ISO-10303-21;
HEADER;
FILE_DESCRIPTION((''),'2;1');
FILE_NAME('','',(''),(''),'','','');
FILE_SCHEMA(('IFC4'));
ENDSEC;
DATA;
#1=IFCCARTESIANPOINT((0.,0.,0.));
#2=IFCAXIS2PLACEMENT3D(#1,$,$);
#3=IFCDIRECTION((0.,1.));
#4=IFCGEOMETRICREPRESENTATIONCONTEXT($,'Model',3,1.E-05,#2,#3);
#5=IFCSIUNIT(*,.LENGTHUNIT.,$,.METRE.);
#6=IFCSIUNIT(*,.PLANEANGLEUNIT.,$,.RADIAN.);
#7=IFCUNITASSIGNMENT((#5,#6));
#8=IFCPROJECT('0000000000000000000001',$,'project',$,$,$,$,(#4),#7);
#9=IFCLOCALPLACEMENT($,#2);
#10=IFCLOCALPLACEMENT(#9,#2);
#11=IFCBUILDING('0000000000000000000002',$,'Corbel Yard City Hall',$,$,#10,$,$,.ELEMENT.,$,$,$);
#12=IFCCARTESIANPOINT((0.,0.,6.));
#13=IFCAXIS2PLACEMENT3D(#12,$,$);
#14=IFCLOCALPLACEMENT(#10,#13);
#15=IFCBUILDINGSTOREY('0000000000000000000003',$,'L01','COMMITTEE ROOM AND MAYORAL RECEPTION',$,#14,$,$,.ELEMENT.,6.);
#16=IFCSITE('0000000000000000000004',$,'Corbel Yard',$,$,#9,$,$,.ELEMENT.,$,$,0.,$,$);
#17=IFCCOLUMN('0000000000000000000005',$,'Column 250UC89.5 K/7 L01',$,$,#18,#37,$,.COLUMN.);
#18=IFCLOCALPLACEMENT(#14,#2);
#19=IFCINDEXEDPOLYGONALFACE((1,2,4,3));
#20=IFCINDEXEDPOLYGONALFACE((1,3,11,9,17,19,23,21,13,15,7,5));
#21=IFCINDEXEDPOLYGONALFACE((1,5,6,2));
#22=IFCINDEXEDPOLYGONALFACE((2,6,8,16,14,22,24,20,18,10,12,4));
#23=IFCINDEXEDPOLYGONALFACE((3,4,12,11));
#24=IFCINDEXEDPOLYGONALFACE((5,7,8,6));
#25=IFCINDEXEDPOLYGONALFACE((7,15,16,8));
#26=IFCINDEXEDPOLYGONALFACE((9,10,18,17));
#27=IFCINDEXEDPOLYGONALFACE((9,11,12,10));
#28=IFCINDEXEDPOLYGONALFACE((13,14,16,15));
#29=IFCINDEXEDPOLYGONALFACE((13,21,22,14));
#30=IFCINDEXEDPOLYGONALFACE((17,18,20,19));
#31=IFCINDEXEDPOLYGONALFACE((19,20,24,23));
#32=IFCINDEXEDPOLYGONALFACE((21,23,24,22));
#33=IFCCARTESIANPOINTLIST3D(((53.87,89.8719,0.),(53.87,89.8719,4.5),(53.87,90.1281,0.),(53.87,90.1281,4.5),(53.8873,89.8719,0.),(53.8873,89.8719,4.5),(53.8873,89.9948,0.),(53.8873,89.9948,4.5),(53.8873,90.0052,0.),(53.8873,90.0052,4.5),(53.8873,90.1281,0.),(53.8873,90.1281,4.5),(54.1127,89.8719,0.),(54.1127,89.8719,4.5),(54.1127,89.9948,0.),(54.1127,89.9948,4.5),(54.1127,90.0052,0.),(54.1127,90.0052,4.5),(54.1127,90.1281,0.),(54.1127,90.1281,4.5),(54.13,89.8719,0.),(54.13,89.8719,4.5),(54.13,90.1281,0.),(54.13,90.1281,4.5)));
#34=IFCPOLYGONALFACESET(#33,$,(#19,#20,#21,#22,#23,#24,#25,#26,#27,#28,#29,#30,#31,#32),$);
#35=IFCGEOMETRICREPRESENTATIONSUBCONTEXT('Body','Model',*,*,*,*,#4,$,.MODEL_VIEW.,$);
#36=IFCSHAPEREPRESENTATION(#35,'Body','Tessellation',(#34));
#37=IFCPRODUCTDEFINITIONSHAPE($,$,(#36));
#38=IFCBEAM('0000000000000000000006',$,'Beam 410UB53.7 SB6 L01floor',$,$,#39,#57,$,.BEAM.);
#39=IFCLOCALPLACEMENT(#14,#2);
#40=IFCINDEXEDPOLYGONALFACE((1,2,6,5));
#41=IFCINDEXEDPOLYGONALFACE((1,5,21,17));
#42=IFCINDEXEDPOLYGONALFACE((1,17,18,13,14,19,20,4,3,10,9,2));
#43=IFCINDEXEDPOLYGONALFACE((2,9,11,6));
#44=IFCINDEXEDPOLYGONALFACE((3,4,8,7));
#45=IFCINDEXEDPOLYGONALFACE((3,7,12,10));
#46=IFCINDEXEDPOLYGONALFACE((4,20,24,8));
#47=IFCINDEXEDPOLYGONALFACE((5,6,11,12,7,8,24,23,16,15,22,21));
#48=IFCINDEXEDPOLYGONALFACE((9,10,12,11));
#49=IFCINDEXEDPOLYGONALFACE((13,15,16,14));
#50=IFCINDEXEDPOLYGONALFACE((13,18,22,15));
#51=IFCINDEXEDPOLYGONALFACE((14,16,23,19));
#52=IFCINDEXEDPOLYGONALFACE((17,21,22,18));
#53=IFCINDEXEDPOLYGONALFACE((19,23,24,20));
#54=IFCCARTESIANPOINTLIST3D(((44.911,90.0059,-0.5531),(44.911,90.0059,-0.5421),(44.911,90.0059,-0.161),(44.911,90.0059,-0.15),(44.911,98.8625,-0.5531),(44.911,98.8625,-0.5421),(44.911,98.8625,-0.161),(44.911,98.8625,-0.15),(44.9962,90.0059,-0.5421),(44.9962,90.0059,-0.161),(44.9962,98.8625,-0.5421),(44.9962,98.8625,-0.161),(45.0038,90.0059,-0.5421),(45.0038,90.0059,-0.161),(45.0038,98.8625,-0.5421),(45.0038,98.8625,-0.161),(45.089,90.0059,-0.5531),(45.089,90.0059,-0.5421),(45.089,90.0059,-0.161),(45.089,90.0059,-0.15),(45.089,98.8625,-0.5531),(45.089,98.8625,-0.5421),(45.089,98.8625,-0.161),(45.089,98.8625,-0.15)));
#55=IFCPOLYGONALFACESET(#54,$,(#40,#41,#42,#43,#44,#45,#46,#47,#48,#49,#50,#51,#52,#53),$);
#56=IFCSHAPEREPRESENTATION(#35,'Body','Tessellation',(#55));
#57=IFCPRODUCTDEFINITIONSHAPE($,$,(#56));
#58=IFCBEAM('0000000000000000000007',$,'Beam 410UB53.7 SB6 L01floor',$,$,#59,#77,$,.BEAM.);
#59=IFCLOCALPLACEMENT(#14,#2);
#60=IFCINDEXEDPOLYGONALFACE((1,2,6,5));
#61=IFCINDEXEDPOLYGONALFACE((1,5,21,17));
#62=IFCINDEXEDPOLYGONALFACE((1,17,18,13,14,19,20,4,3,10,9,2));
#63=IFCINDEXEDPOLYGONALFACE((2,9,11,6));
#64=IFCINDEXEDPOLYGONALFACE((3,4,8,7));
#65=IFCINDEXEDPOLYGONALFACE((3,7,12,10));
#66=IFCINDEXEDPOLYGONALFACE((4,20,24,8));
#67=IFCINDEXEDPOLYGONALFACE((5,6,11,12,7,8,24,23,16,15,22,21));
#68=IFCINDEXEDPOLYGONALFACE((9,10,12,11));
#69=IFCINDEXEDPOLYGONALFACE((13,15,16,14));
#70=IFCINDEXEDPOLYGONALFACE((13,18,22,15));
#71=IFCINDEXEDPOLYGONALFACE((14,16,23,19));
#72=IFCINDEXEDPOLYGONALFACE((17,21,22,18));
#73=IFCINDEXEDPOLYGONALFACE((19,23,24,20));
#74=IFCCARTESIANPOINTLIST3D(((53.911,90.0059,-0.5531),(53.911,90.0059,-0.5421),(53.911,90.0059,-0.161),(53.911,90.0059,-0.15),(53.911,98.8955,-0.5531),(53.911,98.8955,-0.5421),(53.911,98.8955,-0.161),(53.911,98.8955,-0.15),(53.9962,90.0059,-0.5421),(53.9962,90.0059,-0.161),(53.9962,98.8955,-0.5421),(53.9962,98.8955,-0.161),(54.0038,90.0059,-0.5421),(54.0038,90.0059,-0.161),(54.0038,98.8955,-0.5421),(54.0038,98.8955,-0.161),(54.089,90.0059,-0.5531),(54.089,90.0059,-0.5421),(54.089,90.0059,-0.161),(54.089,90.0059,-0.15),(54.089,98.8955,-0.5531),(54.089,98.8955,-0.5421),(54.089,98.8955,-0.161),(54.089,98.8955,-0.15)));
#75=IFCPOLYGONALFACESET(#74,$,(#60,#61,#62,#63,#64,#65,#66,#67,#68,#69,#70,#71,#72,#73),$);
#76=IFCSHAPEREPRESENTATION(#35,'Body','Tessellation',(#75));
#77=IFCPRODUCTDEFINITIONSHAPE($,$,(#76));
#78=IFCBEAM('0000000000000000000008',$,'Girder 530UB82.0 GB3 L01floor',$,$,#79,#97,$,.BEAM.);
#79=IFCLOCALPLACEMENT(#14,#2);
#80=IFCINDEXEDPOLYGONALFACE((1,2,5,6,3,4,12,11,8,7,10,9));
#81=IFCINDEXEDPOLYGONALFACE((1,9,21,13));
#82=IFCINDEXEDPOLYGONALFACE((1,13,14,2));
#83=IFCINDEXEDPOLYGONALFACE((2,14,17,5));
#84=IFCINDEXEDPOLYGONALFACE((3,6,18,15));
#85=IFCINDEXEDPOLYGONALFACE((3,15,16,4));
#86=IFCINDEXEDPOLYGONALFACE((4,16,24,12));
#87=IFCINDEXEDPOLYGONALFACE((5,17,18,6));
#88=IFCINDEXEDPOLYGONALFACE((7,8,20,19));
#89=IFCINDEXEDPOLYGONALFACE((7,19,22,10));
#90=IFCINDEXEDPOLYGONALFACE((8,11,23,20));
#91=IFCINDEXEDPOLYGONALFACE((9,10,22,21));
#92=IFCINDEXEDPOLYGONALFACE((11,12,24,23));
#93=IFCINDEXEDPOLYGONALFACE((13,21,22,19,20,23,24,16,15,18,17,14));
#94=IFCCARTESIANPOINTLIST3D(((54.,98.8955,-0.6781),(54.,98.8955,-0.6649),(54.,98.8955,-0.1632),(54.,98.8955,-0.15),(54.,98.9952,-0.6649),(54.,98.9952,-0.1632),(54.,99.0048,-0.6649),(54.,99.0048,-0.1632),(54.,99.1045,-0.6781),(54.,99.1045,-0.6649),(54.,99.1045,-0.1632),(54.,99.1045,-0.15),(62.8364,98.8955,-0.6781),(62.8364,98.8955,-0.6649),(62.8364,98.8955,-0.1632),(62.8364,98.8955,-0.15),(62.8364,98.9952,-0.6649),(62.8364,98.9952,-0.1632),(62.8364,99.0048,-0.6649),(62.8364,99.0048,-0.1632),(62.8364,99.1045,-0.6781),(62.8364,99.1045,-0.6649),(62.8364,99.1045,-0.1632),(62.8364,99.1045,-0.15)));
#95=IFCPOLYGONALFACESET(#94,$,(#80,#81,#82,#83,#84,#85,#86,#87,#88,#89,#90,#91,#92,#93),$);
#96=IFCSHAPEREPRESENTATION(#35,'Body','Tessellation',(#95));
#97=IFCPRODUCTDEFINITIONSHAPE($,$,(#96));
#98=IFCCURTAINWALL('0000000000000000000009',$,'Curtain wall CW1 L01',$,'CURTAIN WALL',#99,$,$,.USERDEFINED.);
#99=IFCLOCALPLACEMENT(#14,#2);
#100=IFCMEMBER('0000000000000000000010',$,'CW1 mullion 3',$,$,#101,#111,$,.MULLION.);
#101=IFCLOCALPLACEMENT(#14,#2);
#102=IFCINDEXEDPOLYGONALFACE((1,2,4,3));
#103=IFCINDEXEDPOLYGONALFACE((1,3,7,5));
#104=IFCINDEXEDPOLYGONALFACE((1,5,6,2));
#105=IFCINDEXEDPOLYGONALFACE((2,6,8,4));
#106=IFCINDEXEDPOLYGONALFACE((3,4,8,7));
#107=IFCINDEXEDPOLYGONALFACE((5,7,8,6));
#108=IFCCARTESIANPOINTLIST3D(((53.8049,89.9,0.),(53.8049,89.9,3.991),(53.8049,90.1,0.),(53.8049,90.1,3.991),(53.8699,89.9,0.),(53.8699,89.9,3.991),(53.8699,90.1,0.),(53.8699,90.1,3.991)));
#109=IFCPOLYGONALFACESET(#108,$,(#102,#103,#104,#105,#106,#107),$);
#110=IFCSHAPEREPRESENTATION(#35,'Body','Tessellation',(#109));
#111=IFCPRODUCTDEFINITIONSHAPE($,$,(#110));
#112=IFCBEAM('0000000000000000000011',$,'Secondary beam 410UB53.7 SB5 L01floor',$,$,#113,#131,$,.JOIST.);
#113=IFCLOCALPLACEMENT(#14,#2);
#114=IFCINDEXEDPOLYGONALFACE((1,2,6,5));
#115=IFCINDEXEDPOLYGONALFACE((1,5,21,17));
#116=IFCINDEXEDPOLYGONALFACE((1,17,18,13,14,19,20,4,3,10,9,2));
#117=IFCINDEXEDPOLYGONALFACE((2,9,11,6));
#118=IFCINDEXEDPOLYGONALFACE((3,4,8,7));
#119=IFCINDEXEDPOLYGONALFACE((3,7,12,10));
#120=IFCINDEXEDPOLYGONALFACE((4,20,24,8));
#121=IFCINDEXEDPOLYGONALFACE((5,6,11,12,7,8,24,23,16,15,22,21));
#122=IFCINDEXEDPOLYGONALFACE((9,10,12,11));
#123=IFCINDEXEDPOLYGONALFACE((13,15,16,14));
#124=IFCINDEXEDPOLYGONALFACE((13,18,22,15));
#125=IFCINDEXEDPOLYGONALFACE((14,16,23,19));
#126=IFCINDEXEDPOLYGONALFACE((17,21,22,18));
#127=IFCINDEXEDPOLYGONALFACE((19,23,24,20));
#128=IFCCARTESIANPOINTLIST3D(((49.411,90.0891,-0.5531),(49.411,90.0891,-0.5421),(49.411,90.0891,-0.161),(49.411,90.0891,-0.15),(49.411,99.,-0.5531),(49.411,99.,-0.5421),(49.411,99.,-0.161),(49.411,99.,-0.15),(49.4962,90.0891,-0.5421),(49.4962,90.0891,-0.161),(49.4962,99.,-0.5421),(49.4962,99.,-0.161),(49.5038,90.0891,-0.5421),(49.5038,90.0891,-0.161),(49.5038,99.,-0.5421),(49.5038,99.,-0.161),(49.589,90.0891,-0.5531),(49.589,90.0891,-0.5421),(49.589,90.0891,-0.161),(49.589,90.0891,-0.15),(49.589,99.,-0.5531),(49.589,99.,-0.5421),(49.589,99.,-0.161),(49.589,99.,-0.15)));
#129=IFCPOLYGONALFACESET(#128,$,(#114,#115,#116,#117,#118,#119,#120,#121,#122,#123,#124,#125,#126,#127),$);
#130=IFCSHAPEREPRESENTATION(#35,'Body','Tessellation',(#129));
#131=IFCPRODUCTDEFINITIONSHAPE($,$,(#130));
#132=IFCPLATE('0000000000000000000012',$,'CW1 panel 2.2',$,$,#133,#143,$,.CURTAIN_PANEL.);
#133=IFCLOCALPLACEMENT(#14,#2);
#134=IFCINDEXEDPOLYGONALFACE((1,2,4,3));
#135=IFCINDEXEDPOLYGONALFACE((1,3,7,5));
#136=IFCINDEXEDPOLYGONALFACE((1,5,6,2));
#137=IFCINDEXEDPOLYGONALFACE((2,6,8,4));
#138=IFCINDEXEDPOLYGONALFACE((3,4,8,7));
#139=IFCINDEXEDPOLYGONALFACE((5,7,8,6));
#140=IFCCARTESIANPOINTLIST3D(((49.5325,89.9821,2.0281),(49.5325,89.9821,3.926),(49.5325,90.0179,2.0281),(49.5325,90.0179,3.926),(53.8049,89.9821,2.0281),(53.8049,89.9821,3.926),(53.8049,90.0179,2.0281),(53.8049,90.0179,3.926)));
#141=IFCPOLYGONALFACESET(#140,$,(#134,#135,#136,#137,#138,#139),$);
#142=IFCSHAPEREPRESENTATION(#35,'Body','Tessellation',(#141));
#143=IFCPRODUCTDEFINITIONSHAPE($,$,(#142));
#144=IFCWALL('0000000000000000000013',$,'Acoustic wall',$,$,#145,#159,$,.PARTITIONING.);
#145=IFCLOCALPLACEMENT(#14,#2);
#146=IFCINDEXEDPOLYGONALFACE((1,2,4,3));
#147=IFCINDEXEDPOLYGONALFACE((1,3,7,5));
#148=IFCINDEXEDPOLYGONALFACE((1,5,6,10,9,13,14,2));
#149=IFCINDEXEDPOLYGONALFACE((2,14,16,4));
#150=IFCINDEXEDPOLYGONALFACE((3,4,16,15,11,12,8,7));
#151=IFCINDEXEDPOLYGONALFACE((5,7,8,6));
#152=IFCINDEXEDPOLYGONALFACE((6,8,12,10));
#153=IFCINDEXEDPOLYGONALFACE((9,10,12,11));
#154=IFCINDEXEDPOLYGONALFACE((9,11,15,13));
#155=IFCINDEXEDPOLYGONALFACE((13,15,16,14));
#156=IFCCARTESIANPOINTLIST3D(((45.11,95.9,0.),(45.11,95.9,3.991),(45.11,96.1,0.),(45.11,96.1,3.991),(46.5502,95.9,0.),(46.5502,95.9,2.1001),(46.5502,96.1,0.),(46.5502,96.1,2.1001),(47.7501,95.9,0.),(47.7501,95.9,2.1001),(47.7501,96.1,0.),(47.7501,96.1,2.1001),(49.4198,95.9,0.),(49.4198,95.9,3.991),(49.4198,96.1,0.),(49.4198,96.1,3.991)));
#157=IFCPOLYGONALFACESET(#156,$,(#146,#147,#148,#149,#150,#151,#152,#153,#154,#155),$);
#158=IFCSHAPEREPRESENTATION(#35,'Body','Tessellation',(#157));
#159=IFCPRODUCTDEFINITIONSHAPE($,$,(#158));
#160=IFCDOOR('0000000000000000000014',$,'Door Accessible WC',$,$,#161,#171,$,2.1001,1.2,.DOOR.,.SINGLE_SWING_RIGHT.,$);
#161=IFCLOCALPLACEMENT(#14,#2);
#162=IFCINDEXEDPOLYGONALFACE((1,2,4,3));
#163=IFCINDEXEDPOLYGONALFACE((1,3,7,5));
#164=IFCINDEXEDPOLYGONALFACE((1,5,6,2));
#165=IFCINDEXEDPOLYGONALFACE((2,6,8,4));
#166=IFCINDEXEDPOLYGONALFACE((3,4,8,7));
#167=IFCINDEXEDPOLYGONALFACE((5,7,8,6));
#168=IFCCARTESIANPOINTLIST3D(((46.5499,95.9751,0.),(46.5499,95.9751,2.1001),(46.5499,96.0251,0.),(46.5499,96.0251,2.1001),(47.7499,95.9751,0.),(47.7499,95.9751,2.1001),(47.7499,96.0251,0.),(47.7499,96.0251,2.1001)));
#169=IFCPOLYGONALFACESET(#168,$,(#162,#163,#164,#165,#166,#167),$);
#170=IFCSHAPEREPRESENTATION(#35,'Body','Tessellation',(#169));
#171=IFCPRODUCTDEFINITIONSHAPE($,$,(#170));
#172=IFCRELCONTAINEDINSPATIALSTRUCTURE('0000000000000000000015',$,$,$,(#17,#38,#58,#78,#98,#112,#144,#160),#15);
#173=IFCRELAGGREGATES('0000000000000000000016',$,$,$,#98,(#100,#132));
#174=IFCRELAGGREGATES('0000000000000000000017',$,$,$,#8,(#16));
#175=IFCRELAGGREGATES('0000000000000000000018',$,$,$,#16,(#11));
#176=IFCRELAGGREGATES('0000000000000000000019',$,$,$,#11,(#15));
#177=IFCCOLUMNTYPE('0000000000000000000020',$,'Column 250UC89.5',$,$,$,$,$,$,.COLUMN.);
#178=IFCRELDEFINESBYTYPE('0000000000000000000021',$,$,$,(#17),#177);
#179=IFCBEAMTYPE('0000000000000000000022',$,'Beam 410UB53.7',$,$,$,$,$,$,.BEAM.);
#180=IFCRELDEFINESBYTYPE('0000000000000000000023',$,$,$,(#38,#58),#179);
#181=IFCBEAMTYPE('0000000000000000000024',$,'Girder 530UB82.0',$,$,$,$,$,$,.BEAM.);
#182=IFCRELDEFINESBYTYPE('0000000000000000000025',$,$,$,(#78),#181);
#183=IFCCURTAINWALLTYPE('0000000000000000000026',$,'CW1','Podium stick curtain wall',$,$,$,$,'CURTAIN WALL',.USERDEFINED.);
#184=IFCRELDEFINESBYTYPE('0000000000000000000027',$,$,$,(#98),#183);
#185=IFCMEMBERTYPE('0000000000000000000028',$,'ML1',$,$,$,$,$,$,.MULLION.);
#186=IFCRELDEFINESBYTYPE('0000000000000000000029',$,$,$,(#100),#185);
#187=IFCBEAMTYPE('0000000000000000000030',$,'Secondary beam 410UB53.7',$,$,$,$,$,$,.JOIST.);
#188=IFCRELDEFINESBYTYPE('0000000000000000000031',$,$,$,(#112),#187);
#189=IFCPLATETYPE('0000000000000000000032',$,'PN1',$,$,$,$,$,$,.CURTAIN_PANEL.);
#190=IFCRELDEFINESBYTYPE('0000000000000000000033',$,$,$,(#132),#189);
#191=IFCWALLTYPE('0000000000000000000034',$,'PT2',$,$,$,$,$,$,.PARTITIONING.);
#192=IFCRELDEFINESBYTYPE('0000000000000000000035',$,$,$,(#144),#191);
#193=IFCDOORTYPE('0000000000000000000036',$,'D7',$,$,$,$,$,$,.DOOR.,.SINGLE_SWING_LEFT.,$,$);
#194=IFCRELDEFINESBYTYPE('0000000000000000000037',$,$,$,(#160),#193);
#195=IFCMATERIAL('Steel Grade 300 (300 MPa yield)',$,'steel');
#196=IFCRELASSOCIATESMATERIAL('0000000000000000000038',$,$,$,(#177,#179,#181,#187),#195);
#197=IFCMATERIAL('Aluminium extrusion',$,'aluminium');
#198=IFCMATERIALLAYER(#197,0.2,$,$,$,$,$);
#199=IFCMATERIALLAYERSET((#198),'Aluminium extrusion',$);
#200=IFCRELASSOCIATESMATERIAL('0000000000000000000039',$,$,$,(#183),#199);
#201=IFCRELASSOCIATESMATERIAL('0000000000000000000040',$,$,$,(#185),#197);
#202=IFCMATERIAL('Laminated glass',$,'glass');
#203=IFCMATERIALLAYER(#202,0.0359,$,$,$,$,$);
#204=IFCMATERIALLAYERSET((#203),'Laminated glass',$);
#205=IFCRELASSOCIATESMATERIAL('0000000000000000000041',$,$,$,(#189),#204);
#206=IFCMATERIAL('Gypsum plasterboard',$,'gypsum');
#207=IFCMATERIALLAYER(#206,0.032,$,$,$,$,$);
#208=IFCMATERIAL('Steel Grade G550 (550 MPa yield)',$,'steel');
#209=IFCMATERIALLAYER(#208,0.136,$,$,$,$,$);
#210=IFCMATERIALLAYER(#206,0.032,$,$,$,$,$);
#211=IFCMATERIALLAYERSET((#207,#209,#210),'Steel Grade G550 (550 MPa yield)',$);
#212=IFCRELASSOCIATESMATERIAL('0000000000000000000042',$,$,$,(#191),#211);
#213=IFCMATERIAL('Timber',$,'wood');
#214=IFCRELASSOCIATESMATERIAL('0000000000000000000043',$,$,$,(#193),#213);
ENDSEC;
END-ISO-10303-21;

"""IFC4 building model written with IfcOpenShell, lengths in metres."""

from ifc_helpers import new_model, si_unit, direction, frame, frame_2d, origin, origin_2d, place, context, subcontext, project, spatial, rectangle, i_section, extrude, material, layer, layer_set, material_profile, profile_set, type_object, element, fill, aggregate, save


model = new_model("IFC4")

# Units and contexts
model_context = context("Model", 3, precision=1e-05, world=origin(), true_north=direction((0.0, 1.0)))
body_context = subcontext(model_context, "Body", "Model", "MODEL_VIEW")
ifc_project = project(units=[si_unit("LENGTHUNIT", "METRE"), si_unit("PLANEANGLEUNIT", "RADIAN")], contexts=[model_context])

# Site, building, storey
site_placement = place(None, origin())
site = spatial("IfcSite", under=ifc_project, at=site_placement, Name="Corbel Yard", CompositionType="ELEMENT", RefElevation=0.0)
building_placement = place(site_placement, origin())
building = spatial("IfcBuilding", under=site, at=building_placement, Name="Corbel Yard City Hall", CompositionType="ELEMENT")
storey_placement = place(building_placement, frame((0.0, 0.0, 6.0)))
storey = spatial("IfcBuildingStorey", under=building, at=storey_placement, Name="L01", Description="COMMITTEE ROOM AND MAYORAL RECEPTION", CompositionType="ELEMENT", Elevation=6.0)

# Column
ifc_material_1 = material(Name="Steel Grade 300 (300 MPa yield)", Category="steel")
ifc_material_profile_1 = material_profile(ifc_material_1, i_section(OverallWidth=0.2561, OverallDepth=0.26, WebThickness=0.0105, FlangeThickness=0.0173, at=origin_2d()), Name="250UC89.5")
ifc_profile_set_1 = profile_set([ifc_material_profile_1], Name="Steel Grade 300 (300 MPa yield)")
column_type = type_object("IfcColumnType", Name="Column 250UC89.5", PredefinedType="COLUMN", material=ifc_profile_set_1)
column_placement = place(storey_placement, frame((54.0, 90.0, 0.0), z_axis=(0.0, 0.0, 1.0), x_axis=(0.0, 1.0, 0.0)))
element("IfcColumn", 1, at=column_placement, inside=storey, type_object=column_type, Name="Column 250UC89.5 K/7 L01", PredefinedType="COLUMN", context=body_context, shape_type="SweptSolid", body=[
    extrude(i_section(OverallWidth=0.2561, OverallDepth=0.26, WebThickness=0.0105, FlangeThickness=0.0173, at=origin_2d()), origin(), (0.0, 0.0, 1.0), 4.5),
])

# Beams
ifc_material_profile_2 = material_profile(ifc_material_1, i_section(OverallWidth=0.178, OverallDepth=0.4031, WebThickness=0.0076, FlangeThickness=0.011, at=origin_2d()), Name="410UB53.7")
ifc_profile_set_2 = profile_set([ifc_material_profile_2], Name="Steel Grade 300 (300 MPa yield)")
beam_type_1 = type_object("IfcBeamType", Name="Beam 410UB53.7", PredefinedType="BEAM", material=ifc_profile_set_2)
beam_1_placement = place(storey_placement, frame((45.0, 90.0059, -0.3516), z_axis=(0.0, 1.0, 0.0), x_axis=(-1.0, 0.0, 0.0)))
element("IfcBeam", 2, at=beam_1_placement, inside=storey, type_object=beam_type_1, Name="Beam 410UB53.7 SB6 L01floor", PredefinedType="BEAM", context=body_context, shape_type="SweptSolid", body=[
    extrude(i_section(OverallWidth=0.178, OverallDepth=0.4031, WebThickness=0.0076, FlangeThickness=0.011, at=origin_2d()), origin(), (0.0, 0.0, 1.0), 8.8567),
])
beam_2_placement = place(storey_placement, frame((54.0, 90.0059, -0.3516), z_axis=(0.0, 1.0, 0.0), x_axis=(-1.0, 0.0, 0.0)))
element("IfcBeam", 3, at=beam_2_placement, inside=storey, type_object=beam_type_1, Name="Beam 410UB53.7 SB6 L01floor", PredefinedType="BEAM", context=body_context, shape_type="SweptSolid", body=[
    extrude(i_section(OverallWidth=0.178, OverallDepth=0.4031, WebThickness=0.0076, FlangeThickness=0.011, at=origin_2d()), origin(), (0.0, 0.0, 1.0), 8.8896),
])
ifc_material_profile_3 = material_profile(ifc_material_1, i_section(OverallWidth=0.209, OverallDepth=0.5281, WebThickness=0.0095, FlangeThickness=0.0132, at=origin_2d()), Name="530UB82.0")
ifc_profile_set_3 = profile_set([ifc_material_profile_3], Name="Steel Grade 300 (300 MPa yield)")
beam_type_2 = type_object("IfcBeamType", Name="Girder 530UB82.0", PredefinedType="BEAM", material=ifc_profile_set_3)
beam_3_placement = place(storey_placement, frame((54.0, 99.0, -0.4141), z_axis=(1.0, 0.0, 0.0), x_axis=(0.0, 1.0, 0.0)))
element("IfcBeam", 4, at=beam_3_placement, inside=storey, type_object=beam_type_2, Name="Girder 530UB82.0 GB3 L01floor", PredefinedType="BEAM", context=body_context, shape_type="SweptSolid", body=[
    extrude(i_section(OverallWidth=0.209, OverallDepth=0.5281, WebThickness=0.0095, FlangeThickness=0.0132, at=origin_2d()), origin(), (0.0, 0.0, 1.0), 8.8364),
])

# Curtain wall, member
ifc_material_2 = material(Name="Aluminium extrusion", Category="aluminium")
ifc_layer_1 = layer(ifc_material_2, 0.2)
ifc_layer_set_1 = layer_set([ifc_layer_1], Name="Aluminium extrusion")
curtain_wall_type = type_object("IfcCurtainWallType", Name="CW1", Description="Podium stick curtain wall", ElementType="CURTAIN WALL", PredefinedType="USERDEFINED", material=ifc_layer_set_1)
curtain_wall_placement = place(storey_placement, origin())
curtain_wall = element("IfcCurtainWall", 5, at=curtain_wall_placement, inside=storey, type_object=curtain_wall_type, Name="Curtain wall CW1 L01", ObjectType="CURTAIN WALL", PredefinedType="USERDEFINED")
ifc_material_profile_4 = material_profile(ifc_material_2, rectangle(XDim=0.2, YDim=0.0649, at=origin_2d()), Name="200x65")
ifc_profile_set_4 = profile_set([ifc_material_profile_4], Name="Aluminium extrusion")
member_type = type_object("IfcMemberType", Name="ML1", PredefinedType="MULLION", material=ifc_profile_set_4)
member_placement = place(storey_placement, frame((53.8374, 90.0, 0.0), z_axis=(0.0, 0.0, 1.0), x_axis=(0.0, 1.0, 0.0)))
member = element("IfcMember", 6, at=member_placement, type_object=member_type, Name="CW1 mullion 3", PredefinedType="MULLION", context=body_context, shape_type="SweptSolid", body=[
    extrude(rectangle(XDim=0.2, YDim=0.0649, at=origin_2d()), origin(), (0.0, 0.0, 1.0), 3.991),
])

# Beam
ifc_material_profile_5 = material_profile(ifc_material_1, i_section(OverallWidth=0.178, OverallDepth=0.4031, WebThickness=0.0076, FlangeThickness=0.011, at=origin_2d()), Name="410UB53.7")
ifc_profile_set_5 = profile_set([ifc_material_profile_5], Name="Steel Grade 300 (300 MPa yield)")
beam_type_3 = type_object("IfcBeamType", Name="Secondary beam 410UB53.7", PredefinedType="JOIST", material=ifc_profile_set_5)
beam_4_placement = place(storey_placement, frame((49.5, 90.0891, -0.3516), z_axis=(0.0, 1.0, 0.0), x_axis=(-1.0, 0.0, 0.0)))
element("IfcBeam", 7, at=beam_4_placement, inside=storey, type_object=beam_type_3, Name="Secondary beam 410UB53.7 SB5 L01floor", PredefinedType="JOIST", context=body_context, shape_type="SweptSolid", body=[
    extrude(i_section(OverallWidth=0.178, OverallDepth=0.4031, WebThickness=0.0076, FlangeThickness=0.011, at=origin_2d()), origin(), (0.0, 0.0, 1.0), 8.9109),
])

# Plate
ifc_material_3 = material(Name="Laminated glass", Category="glass")
ifc_layer_2 = layer(ifc_material_3, 0.0359)
ifc_layer_set_2 = layer_set([ifc_layer_2], Name="Laminated glass")
plate_type = type_object("IfcPlateType", Name="PN1", PredefinedType="CURTAIN_PANEL", material=ifc_layer_set_2)
plate_placement = place(storey_placement, frame((51.6687, 90.0, 2.0281), z_axis=(0.0, 0.0, 1.0), x_axis=(1.0, 0.0, 0.0)))
plate = element("IfcPlate", 8, at=plate_placement, type_object=plate_type, Name="CW1 panel 2.2", PredefinedType="CURTAIN_PANEL", context=body_context, shape_type="SweptSolid", body=[
    extrude(rectangle(XDim=4.2725, YDim=0.0359, at=origin_2d()), origin(), (0.0, 0.0, 1.0), 1.8979),
])
aggregate(curtain_wall, [member, plate])

# Wall, opening, door
ifc_material_4 = material(Name="Gypsum plasterboard", Category="gypsum")
ifc_layer_3 = layer(ifc_material_4, 0.032)
ifc_material_5 = material(Name="Steel Grade G550 (550 MPa yield)", Category="steel")
ifc_layer_4 = layer(ifc_material_5, 0.136)
ifc_layer_5 = layer(ifc_material_4, 0.032)
ifc_layer_set_3 = layer_set([ifc_layer_3, ifc_layer_4, ifc_layer_5], Name="Steel Grade G550 (550 MPa yield)")
wall_type_1 = type_object("IfcWallType", Name="PT2", PredefinedType="PARTITIONING", material=ifc_layer_set_3)
wall_1_placement = place(storey_placement, frame((45.1101, 96.0, 0.0), z_axis=(0.0, 0.0, 1.0), x_axis=(1.0, 0.0, 0.0)))
wall_1 = element("IfcWall", 9, at=wall_1_placement, inside=storey, type_object=wall_type_1, Name="Acoustic wall", PredefinedType="PARTITIONING", context=body_context, shape_type="SweptSolid", body=[
    extrude(rectangle(XDim=4.3098, YDim=0.2, at=frame_2d((2.1548, 0.0))), origin(), (0.0, 0.0, 1.0), 3.991),
])
opening_1_placement = place(wall_1_placement, frame((1.4399, 0.0, 0.0)))
opening_1 = element("IfcOpeningElement", 10, at=opening_1_placement, cuts=wall_1, PredefinedType="OPENING", context=body_context, shape_type="SweptSolid", body=[
    extrude(rectangle(XDim=1.2, YDim=2.1001, at=frame_2d((0.6001, 1.05))), frame((0.0, 0.1099, 0.0), z_axis=(0.0, -1.0, 0.0), x_axis=(1.0, 0.0, 0.0)), (0.0, 0.0, 1.0), 0.22),
])
ifc_material_6 = material(Name="Timber", Category="wood")
door_type_1 = type_object("IfcDoorType", Name="D7", OperationType="SINGLE_SWING_LEFT", PredefinedType="DOOR", material=ifc_material_6)
door_1_placement = place(opening_1_placement, frame((1.2, 0.0, 0.0), z_axis=(0.0, 0.0, 1.0), x_axis=(-1.0, 0.0, 0.0)))
door_1 = element("IfcDoor", 11, at=door_1_placement, inside=storey, type_object=door_type_1, Name="Door Accessible WC", OperationType="SINGLE_SWING_RIGHT", OverallHeight=2.1001, OverallWidth=1.2, PredefinedType="DOOR", context=body_context, shape_type="SweptSolid", body=[
    extrude(rectangle(XDim=1.2, YDim=2.1001, at=frame_2d((0.6001, 1.05))), frame((0.0, 0.0249, 0.0), z_axis=(0.0, -1.0, 0.0), x_axis=(1.0, 0.0, 0.0)), (0.0, 0.0, 1.0), 0.05),
])
fill(opening_1, door_1)

save(model, "model.ifc")
